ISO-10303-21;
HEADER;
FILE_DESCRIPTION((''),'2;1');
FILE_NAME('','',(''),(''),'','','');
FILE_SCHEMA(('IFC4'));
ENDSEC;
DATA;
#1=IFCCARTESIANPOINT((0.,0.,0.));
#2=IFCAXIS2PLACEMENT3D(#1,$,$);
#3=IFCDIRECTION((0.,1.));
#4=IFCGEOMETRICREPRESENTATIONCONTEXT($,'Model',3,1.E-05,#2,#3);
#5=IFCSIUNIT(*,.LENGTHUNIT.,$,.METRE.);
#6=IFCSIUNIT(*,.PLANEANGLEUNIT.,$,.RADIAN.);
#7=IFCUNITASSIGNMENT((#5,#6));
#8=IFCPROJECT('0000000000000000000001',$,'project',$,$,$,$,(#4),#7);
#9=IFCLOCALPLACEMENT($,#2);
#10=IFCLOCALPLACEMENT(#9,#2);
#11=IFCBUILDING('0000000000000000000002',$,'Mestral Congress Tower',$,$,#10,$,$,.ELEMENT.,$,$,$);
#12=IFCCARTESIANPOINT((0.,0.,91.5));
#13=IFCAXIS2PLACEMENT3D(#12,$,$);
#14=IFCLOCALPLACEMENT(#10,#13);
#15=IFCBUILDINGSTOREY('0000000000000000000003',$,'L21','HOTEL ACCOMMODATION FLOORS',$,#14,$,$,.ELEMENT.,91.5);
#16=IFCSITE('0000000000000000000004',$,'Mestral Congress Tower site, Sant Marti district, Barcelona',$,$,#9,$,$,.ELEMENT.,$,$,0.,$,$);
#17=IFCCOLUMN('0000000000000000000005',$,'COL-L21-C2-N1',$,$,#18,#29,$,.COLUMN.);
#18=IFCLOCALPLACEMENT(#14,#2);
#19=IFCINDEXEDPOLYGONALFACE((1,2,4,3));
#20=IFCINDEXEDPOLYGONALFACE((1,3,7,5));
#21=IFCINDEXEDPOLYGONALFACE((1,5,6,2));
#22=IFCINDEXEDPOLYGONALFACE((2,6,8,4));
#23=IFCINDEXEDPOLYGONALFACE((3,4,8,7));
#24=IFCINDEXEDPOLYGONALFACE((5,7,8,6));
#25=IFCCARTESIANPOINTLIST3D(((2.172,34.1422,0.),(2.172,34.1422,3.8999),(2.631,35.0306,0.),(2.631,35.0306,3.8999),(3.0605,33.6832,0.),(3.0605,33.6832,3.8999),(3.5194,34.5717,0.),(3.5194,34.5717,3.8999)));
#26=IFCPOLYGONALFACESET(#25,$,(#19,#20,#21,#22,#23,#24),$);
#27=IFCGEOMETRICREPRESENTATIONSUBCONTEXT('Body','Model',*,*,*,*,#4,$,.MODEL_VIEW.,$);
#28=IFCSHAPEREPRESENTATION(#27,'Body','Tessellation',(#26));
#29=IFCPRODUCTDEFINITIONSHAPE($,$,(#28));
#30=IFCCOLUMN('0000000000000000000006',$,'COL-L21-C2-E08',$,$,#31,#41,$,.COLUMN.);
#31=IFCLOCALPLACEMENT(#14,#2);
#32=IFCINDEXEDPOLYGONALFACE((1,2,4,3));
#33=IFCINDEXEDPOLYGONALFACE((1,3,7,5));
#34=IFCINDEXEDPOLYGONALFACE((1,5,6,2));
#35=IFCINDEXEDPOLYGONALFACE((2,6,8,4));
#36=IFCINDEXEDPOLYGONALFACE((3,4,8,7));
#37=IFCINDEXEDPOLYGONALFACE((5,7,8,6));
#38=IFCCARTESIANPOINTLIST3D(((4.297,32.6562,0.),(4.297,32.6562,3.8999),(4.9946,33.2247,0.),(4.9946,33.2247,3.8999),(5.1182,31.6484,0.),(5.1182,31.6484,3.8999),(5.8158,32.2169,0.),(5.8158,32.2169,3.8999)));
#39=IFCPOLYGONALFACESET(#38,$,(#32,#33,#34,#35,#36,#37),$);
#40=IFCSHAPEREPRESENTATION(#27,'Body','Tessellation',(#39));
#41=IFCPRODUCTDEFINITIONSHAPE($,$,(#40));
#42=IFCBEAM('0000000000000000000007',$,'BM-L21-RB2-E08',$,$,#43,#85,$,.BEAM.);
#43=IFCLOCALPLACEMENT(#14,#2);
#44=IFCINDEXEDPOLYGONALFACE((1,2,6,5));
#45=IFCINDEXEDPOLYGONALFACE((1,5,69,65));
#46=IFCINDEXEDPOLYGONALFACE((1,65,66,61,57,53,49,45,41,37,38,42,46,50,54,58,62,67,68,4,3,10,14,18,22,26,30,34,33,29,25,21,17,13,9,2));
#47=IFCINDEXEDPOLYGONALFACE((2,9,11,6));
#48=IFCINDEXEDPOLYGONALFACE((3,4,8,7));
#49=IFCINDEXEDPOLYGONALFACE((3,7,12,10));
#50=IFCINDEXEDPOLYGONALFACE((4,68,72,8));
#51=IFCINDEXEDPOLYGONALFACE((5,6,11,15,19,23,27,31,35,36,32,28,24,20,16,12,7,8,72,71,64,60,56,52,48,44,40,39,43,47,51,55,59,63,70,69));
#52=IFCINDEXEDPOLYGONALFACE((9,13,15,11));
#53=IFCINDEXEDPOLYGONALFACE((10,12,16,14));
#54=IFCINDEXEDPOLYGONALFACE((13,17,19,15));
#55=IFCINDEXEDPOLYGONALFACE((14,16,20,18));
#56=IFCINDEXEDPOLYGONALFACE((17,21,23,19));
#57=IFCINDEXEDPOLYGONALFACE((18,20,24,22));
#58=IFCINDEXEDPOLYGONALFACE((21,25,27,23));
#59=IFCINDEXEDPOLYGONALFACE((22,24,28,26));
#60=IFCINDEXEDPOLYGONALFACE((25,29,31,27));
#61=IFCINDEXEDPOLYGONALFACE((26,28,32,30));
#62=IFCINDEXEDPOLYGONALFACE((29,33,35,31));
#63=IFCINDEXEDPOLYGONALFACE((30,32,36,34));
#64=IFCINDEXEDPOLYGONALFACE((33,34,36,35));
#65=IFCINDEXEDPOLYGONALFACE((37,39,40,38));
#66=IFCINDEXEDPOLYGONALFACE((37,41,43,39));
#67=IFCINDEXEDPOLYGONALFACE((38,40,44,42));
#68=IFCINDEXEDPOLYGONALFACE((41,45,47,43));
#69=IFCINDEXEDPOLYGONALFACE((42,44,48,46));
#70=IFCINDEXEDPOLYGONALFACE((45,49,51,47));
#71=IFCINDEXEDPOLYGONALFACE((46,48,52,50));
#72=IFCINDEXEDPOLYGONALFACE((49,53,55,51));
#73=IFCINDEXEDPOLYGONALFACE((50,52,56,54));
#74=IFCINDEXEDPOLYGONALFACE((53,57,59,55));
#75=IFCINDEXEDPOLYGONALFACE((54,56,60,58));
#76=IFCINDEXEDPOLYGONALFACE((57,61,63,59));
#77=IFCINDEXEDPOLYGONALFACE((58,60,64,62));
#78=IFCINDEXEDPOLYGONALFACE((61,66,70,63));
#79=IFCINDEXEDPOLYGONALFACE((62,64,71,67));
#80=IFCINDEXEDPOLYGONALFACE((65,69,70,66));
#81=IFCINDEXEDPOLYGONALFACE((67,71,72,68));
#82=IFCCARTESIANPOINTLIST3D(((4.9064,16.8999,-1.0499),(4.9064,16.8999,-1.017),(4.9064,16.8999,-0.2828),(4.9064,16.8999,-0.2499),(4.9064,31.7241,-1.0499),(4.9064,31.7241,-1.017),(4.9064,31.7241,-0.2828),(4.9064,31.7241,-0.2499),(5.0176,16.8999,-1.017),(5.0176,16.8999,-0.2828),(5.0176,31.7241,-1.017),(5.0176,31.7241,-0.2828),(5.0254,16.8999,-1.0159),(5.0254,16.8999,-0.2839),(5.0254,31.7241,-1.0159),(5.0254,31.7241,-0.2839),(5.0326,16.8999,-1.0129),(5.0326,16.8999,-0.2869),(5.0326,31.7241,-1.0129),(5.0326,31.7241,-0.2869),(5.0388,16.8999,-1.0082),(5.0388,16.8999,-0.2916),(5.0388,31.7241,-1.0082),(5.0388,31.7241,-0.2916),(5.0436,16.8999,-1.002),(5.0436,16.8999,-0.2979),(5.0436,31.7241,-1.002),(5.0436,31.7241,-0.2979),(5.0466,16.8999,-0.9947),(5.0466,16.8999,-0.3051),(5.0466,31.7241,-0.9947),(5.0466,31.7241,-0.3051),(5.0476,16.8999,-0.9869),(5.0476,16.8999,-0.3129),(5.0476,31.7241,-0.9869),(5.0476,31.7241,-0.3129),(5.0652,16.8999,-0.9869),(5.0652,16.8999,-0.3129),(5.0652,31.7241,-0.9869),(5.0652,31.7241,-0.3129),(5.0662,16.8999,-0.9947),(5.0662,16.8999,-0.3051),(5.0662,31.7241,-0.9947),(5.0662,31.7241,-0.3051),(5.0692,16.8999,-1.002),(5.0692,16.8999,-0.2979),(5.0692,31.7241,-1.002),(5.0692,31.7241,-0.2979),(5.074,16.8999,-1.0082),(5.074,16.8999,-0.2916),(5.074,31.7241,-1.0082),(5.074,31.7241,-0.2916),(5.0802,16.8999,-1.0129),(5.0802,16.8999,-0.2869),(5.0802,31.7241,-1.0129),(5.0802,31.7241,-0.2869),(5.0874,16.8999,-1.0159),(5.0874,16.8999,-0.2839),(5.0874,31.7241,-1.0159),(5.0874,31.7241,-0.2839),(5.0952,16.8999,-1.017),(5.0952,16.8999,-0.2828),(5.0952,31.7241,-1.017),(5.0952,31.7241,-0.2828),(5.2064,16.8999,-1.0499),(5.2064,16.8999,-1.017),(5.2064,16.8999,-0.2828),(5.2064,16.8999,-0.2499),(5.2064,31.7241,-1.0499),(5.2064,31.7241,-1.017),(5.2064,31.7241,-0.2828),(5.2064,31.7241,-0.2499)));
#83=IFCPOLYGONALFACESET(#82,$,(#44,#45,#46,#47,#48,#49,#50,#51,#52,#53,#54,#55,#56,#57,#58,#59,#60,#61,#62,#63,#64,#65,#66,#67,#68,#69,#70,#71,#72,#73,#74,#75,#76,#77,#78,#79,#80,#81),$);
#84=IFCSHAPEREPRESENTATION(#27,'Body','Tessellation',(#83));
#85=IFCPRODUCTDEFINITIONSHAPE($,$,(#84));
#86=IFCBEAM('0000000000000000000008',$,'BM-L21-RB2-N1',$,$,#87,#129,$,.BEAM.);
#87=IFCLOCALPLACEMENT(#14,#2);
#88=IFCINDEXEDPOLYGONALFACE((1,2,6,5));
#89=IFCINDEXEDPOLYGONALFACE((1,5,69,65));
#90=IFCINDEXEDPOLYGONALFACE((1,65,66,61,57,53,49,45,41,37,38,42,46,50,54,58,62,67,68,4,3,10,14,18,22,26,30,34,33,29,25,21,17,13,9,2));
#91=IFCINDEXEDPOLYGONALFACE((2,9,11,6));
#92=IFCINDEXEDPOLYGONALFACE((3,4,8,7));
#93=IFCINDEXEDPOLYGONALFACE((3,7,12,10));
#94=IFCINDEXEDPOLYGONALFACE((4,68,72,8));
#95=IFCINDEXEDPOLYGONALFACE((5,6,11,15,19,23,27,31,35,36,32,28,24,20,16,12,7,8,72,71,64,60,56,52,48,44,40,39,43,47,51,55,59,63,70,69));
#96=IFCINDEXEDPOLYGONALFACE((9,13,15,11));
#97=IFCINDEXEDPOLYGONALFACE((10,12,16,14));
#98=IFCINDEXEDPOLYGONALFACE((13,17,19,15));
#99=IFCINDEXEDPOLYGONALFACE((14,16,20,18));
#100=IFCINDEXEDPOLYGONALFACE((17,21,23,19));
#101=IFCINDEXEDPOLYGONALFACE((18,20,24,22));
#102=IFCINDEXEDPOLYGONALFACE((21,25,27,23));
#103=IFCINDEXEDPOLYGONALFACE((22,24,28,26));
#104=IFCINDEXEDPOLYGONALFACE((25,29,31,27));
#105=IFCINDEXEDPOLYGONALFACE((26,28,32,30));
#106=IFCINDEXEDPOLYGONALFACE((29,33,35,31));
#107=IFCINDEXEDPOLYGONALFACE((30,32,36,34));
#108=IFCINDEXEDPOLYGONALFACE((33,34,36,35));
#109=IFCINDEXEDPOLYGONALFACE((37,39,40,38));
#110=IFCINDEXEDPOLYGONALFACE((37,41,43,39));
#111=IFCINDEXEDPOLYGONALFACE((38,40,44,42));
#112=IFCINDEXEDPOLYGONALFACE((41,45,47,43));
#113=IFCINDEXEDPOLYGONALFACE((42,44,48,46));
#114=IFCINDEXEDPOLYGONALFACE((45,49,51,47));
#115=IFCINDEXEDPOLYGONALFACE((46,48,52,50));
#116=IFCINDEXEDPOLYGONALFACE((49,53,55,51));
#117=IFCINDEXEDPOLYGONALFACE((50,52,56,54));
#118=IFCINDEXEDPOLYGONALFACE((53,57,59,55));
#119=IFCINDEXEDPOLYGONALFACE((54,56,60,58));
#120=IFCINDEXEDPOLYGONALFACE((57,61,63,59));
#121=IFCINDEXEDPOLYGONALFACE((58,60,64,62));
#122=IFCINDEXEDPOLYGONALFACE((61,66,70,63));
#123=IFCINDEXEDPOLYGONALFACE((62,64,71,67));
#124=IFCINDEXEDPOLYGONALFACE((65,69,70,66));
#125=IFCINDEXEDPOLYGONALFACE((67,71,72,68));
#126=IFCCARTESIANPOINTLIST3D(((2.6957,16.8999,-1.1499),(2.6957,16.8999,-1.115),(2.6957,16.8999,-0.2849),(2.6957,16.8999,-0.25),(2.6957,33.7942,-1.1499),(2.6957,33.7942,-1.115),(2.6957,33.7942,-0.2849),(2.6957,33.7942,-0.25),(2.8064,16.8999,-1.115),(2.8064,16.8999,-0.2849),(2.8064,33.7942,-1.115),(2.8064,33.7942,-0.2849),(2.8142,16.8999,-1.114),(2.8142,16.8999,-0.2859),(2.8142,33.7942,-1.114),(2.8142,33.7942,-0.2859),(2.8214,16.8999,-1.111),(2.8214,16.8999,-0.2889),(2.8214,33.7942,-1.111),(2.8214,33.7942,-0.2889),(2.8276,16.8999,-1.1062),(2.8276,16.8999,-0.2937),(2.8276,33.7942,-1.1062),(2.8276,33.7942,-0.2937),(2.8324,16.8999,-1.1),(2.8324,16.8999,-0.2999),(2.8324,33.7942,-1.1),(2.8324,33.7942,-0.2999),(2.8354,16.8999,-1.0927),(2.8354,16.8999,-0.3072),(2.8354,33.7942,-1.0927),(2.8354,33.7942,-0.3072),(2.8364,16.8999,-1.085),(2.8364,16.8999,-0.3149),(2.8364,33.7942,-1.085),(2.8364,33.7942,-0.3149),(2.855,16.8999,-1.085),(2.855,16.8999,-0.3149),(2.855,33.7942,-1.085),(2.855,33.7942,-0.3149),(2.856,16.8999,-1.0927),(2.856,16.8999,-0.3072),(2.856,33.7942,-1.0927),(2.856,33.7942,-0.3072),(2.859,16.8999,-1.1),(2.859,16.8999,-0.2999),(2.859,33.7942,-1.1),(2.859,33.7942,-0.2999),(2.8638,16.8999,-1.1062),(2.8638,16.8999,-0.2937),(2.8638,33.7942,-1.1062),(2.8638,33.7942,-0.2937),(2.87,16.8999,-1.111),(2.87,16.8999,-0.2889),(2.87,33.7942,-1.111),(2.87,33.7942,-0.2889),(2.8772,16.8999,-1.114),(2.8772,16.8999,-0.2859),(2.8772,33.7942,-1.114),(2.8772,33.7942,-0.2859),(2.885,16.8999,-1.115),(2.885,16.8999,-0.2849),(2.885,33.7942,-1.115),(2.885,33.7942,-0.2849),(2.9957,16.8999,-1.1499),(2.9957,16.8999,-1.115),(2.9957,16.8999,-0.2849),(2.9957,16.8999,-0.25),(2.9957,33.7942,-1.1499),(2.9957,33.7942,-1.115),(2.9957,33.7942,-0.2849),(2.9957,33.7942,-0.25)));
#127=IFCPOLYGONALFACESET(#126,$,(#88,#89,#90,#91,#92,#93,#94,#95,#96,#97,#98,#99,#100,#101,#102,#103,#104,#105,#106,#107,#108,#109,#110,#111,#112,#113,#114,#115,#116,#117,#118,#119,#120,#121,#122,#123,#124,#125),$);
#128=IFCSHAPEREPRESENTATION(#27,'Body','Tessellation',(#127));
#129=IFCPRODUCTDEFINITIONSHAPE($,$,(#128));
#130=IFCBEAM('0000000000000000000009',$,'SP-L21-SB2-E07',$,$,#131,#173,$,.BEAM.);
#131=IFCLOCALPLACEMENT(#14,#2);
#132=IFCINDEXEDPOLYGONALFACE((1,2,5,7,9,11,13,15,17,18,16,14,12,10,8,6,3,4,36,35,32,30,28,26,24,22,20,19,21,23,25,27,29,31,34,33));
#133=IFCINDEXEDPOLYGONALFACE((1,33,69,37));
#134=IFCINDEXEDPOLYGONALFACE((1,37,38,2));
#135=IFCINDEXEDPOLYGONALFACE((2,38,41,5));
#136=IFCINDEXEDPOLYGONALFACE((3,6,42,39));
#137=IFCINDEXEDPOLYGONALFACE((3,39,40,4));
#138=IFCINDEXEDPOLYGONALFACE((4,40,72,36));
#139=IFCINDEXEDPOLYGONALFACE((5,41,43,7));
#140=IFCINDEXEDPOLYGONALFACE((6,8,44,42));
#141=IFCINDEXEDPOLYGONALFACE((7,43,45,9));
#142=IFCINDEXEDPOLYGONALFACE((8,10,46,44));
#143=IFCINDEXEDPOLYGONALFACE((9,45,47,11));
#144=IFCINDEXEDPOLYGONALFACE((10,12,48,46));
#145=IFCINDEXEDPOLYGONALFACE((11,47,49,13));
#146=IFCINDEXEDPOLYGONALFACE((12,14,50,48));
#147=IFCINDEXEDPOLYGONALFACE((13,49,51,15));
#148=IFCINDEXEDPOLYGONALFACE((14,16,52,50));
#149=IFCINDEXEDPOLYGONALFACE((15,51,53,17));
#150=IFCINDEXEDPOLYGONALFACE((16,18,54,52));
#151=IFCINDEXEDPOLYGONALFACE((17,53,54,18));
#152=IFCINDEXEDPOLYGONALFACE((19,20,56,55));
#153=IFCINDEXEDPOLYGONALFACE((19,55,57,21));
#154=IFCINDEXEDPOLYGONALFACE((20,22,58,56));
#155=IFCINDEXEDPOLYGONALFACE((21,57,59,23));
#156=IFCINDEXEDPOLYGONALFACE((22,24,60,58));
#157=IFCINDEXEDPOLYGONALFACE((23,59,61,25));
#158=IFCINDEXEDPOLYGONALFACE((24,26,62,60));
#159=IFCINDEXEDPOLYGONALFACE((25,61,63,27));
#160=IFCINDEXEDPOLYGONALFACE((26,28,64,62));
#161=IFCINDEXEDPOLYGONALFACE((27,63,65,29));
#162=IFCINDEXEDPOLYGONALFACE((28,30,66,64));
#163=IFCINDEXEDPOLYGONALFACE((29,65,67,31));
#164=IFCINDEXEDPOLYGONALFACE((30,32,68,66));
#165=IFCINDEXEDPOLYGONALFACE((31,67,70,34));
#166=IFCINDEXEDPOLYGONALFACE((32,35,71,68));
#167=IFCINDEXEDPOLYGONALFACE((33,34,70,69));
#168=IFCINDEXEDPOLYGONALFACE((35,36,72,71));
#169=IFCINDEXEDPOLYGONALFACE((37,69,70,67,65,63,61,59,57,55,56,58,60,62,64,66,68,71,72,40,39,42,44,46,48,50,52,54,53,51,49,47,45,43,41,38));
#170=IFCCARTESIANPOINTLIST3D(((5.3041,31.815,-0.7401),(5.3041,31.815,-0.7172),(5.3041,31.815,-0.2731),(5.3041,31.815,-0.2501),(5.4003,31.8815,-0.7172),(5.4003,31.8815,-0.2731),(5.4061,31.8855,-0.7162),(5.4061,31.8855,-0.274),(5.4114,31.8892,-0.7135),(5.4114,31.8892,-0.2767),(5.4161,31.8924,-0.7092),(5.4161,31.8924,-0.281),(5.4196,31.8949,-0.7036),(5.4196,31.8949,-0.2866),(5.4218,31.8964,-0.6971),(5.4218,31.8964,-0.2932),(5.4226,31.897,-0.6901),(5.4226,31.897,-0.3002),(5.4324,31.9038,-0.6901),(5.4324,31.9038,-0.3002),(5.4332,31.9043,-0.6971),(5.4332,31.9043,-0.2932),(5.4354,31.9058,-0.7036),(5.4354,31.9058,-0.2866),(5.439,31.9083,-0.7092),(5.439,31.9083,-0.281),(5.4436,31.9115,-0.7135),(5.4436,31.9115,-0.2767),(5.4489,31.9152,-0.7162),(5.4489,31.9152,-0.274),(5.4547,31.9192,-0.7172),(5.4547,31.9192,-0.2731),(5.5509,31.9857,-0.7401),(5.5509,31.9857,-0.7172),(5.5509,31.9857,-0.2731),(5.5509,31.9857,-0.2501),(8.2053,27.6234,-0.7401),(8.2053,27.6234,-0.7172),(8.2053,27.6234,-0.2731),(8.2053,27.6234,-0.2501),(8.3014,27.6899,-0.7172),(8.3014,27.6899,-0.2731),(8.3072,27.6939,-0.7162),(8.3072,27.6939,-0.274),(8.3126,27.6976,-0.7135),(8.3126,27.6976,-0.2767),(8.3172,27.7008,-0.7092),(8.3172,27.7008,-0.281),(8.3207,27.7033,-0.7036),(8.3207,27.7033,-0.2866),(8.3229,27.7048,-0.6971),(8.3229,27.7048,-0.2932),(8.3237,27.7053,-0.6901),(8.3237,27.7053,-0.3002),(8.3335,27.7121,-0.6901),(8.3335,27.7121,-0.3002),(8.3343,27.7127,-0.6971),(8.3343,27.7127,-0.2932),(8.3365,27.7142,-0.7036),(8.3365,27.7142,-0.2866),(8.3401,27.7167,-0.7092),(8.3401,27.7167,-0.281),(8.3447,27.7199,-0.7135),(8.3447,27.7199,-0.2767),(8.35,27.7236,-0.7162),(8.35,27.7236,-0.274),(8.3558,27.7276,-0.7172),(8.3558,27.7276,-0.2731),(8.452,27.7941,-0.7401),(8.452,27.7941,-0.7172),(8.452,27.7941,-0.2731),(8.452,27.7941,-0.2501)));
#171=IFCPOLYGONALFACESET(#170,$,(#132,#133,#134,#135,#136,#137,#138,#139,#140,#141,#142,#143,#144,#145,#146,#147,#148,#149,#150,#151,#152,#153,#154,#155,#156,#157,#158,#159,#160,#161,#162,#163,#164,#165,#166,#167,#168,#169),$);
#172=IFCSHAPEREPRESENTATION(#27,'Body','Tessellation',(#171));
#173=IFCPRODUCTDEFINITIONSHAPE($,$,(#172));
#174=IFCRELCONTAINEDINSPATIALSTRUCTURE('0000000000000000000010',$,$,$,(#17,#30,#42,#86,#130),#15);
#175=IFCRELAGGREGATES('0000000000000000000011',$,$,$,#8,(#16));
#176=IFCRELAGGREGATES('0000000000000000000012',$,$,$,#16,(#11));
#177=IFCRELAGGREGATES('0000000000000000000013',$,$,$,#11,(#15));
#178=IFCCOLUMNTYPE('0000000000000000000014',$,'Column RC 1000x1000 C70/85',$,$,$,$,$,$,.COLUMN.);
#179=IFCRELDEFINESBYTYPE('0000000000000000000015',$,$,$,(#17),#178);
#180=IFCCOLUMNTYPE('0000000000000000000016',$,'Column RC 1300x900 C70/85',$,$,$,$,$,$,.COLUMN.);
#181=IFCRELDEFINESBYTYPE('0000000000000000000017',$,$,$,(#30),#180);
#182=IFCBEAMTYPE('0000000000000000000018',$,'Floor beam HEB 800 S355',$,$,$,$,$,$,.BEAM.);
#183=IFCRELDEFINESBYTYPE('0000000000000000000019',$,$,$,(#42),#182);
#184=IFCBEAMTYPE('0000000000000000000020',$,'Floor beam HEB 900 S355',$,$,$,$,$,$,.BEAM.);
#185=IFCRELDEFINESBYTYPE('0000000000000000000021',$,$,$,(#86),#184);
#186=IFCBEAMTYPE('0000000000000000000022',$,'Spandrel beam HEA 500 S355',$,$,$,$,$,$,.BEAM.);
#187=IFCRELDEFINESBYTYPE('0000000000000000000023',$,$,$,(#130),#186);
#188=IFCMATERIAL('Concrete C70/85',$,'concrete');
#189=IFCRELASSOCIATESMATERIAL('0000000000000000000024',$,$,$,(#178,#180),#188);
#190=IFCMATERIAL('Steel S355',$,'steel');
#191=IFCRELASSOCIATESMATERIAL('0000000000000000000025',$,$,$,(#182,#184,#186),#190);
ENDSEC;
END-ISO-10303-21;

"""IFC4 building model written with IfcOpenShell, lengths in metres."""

from ifc_helpers import new_model, si_unit, direction, frame, origin, origin_2d, place, context, subcontext, project, spatial, rectangle, i_section, extrude, material, material_profile, profile_set, type_object, element, save


model = new_model("IFC4")

# Units and contexts
model_context = context("Model", 3, precision=1e-05, world=origin(), true_north=direction((0.0, 1.0)))
body_context = subcontext(model_context, "Body", "Model", "MODEL_VIEW")
ifc_project = project(units=[si_unit("LENGTHUNIT", "METRE"), si_unit("PLANEANGLEUNIT", "RADIAN")], contexts=[model_context])

# Site, building, storey
site_placement = place(None, origin())
site = spatial("IfcSite", under=ifc_project, at=site_placement, Name="Mestral Congress Tower site, Sant Marti district, Barcelona", CompositionType="ELEMENT", RefElevation=0.0)
building_placement = place(site_placement, origin())
building = spatial("IfcBuilding", under=site, at=building_placement, Name="Mestral Congress Tower", CompositionType="ELEMENT")
storey_placement = place(building_placement, frame((0.0, 0.0, 91.5)))
storey = spatial("IfcBuildingStorey", under=building, at=storey_placement, Name="L21", Description="HOTEL ACCOMMODATION FLOORS", CompositionType="ELEMENT", Elevation=91.5)

# Columns
ifc_material_1 = material(Name="Concrete C70/85", Category="concrete")
ifc_material_profile_1 = material_profile(ifc_material_1, rectangle(XDim=1.0, YDim=1.0, at=origin_2d()), Name="RC 1000x1000")
ifc_profile_set_1 = profile_set([ifc_material_profile_1], Name="Concrete C70/85")
column_type_1 = type_object("IfcColumnType", Name="Column RC 1000x1000 C70/85", PredefinedType="COLUMN", material=ifc_profile_set_1)
column_1_placement = place(storey_placement, frame((2.8457, 34.3569, 0.0), z_axis=(0.0, 0.0, 1.0), x_axis=(-0.888456, 0.458961, 0.0)))
element("IfcColumn", 1, at=column_1_placement, inside=storey, type_object=column_type_1, Name="COL-L21-C2-N1", PredefinedType="COLUMN", context=body_context, shape_type="SweptSolid", body=[
    extrude(rectangle(XDim=1.0, YDim=1.0, at=origin_2d()), origin(), (0.0, 0.0, 1.0), 3.8999),
])
ifc_material_profile_2 = material_profile(ifc_material_1, rectangle(XDim=1.3, YDim=0.8999, at=origin_2d()), Name="RC 1300x900")
ifc_profile_set_2 = profile_set([ifc_material_profile_2], Name="Concrete C70/85")
column_type_2 = type_object("IfcColumnType", Name="Column RC 1300x900 C70/85", PredefinedType="COLUMN", material=ifc_profile_set_2)
column_2_placement = place(storey_placement, frame((5.0564, 32.4365, 0.0), z_axis=(0.0, 0.0, 1.0), x_axis=(-0.631709, 0.775206, 0.0)))
element("IfcColumn", 2, at=column_2_placement, inside=storey, type_object=column_type_2, Name="COL-L21-C2-E08", PredefinedType="COLUMN", context=body_context, shape_type="SweptSolid", body=[
    extrude(rectangle(XDim=1.3, YDim=0.8999, at=origin_2d()), origin(), (0.0, 0.0, 1.0), 3.8999),
])

# Beams
ifc_material_2 = material(Name="Steel S355", Category="steel")
ifc_material_profile_3 = material_profile(ifc_material_2, i_section(OverallWidth=0.3, OverallDepth=0.8, WebThickness=0.0176, FlangeThickness=0.033, FilletRadius=0.03, at=origin_2d()), Name="HEB 800")
ifc_profile_set_3 = profile_set([ifc_material_profile_3], Name="Steel S355")
beam_type_1 = type_object("IfcBeamType", Name="Floor beam HEB 800 S355", PredefinedType="BEAM", material=ifc_profile_set_3)
beam_1_placement = place(storey_placement, frame((5.0564, 31.7241, -0.6499), z_axis=(0.0, -1.0, 0.0), x_axis=(1.0, 0.0, 0.0)))
element("IfcBeam", 3, at=beam_1_placement, inside=storey, type_object=beam_type_1, Name="BM-L21-RB2-E08", PredefinedType="BEAM", context=body_context, shape_type="SweptSolid", body=[
    extrude(i_section(OverallWidth=0.3, OverallDepth=0.8, WebThickness=0.0176, FlangeThickness=0.033, FilletRadius=0.03, at=origin_2d()), origin(), (0.0, 0.0, 1.0), 14.8242),
])
ifc_material_profile_4 = material_profile(ifc_material_2, i_section(OverallWidth=0.3, OverallDepth=0.8999, WebThickness=0.0186, FlangeThickness=0.0349, FilletRadius=0.03, at=origin_2d()), Name="HEB 900")
ifc_profile_set_4 = profile_set([ifc_material_profile_4], Name="Steel S355")
beam_type_2 = type_object("IfcBeamType", Name="Floor beam HEB 900 S355", PredefinedType="BEAM", material=ifc_profile_set_4)
beam_2_placement = place(storey_placement, frame((2.8457, 33.7942, -0.7), z_axis=(0.0, -1.0, 0.0), x_axis=(1.0, 0.0, 0.0)))
element("IfcBeam", 4, at=beam_2_placement, inside=storey, type_object=beam_type_2, Name="BM-L21-RB2-N1", PredefinedType="BEAM", context=body_context, shape_type="SweptSolid", body=[
    extrude(i_section(OverallWidth=0.3, OverallDepth=0.8999, WebThickness=0.0186, FlangeThickness=0.0349, FilletRadius=0.03, at=origin_2d()), origin(), (0.0, 0.0, 1.0), 16.8943),
])
ifc_material_profile_5 = material_profile(ifc_material_2, i_section(OverallWidth=0.3, OverallDepth=0.49, WebThickness=0.012, FlangeThickness=0.0229, FilletRadius=0.0271, at=origin_2d()), Name="HEA 500")
ifc_profile_set_5 = profile_set([ifc_material_profile_5], Name="Steel S355")
beam_type_3 = type_object("IfcBeamType", Name="Spandrel beam HEA 500 S355", PredefinedType="BEAM", material=ifc_profile_set_5)
beam_3_placement = place(storey_placement, frame((8.3286, 27.7087, -0.4951), z_axis=(-0.569105, 0.822265, 0.0), x_axis=(-0.822265, -0.569105, 0.0)))
element("IfcBeam", 5, at=beam_3_placement, inside=storey, type_object=beam_type_3, Name="SP-L21-SB2-E07", PredefinedType="BEAM", context=body_context, shape_type="SweptSolid", body=[
    extrude(i_section(OverallWidth=0.3, OverallDepth=0.49, WebThickness=0.012, FlangeThickness=0.0229, FilletRadius=0.0271, at=origin_2d()), origin(), (0.0, 0.0, 1.0), 5.0977),
])

save(model, "model.ifc")
